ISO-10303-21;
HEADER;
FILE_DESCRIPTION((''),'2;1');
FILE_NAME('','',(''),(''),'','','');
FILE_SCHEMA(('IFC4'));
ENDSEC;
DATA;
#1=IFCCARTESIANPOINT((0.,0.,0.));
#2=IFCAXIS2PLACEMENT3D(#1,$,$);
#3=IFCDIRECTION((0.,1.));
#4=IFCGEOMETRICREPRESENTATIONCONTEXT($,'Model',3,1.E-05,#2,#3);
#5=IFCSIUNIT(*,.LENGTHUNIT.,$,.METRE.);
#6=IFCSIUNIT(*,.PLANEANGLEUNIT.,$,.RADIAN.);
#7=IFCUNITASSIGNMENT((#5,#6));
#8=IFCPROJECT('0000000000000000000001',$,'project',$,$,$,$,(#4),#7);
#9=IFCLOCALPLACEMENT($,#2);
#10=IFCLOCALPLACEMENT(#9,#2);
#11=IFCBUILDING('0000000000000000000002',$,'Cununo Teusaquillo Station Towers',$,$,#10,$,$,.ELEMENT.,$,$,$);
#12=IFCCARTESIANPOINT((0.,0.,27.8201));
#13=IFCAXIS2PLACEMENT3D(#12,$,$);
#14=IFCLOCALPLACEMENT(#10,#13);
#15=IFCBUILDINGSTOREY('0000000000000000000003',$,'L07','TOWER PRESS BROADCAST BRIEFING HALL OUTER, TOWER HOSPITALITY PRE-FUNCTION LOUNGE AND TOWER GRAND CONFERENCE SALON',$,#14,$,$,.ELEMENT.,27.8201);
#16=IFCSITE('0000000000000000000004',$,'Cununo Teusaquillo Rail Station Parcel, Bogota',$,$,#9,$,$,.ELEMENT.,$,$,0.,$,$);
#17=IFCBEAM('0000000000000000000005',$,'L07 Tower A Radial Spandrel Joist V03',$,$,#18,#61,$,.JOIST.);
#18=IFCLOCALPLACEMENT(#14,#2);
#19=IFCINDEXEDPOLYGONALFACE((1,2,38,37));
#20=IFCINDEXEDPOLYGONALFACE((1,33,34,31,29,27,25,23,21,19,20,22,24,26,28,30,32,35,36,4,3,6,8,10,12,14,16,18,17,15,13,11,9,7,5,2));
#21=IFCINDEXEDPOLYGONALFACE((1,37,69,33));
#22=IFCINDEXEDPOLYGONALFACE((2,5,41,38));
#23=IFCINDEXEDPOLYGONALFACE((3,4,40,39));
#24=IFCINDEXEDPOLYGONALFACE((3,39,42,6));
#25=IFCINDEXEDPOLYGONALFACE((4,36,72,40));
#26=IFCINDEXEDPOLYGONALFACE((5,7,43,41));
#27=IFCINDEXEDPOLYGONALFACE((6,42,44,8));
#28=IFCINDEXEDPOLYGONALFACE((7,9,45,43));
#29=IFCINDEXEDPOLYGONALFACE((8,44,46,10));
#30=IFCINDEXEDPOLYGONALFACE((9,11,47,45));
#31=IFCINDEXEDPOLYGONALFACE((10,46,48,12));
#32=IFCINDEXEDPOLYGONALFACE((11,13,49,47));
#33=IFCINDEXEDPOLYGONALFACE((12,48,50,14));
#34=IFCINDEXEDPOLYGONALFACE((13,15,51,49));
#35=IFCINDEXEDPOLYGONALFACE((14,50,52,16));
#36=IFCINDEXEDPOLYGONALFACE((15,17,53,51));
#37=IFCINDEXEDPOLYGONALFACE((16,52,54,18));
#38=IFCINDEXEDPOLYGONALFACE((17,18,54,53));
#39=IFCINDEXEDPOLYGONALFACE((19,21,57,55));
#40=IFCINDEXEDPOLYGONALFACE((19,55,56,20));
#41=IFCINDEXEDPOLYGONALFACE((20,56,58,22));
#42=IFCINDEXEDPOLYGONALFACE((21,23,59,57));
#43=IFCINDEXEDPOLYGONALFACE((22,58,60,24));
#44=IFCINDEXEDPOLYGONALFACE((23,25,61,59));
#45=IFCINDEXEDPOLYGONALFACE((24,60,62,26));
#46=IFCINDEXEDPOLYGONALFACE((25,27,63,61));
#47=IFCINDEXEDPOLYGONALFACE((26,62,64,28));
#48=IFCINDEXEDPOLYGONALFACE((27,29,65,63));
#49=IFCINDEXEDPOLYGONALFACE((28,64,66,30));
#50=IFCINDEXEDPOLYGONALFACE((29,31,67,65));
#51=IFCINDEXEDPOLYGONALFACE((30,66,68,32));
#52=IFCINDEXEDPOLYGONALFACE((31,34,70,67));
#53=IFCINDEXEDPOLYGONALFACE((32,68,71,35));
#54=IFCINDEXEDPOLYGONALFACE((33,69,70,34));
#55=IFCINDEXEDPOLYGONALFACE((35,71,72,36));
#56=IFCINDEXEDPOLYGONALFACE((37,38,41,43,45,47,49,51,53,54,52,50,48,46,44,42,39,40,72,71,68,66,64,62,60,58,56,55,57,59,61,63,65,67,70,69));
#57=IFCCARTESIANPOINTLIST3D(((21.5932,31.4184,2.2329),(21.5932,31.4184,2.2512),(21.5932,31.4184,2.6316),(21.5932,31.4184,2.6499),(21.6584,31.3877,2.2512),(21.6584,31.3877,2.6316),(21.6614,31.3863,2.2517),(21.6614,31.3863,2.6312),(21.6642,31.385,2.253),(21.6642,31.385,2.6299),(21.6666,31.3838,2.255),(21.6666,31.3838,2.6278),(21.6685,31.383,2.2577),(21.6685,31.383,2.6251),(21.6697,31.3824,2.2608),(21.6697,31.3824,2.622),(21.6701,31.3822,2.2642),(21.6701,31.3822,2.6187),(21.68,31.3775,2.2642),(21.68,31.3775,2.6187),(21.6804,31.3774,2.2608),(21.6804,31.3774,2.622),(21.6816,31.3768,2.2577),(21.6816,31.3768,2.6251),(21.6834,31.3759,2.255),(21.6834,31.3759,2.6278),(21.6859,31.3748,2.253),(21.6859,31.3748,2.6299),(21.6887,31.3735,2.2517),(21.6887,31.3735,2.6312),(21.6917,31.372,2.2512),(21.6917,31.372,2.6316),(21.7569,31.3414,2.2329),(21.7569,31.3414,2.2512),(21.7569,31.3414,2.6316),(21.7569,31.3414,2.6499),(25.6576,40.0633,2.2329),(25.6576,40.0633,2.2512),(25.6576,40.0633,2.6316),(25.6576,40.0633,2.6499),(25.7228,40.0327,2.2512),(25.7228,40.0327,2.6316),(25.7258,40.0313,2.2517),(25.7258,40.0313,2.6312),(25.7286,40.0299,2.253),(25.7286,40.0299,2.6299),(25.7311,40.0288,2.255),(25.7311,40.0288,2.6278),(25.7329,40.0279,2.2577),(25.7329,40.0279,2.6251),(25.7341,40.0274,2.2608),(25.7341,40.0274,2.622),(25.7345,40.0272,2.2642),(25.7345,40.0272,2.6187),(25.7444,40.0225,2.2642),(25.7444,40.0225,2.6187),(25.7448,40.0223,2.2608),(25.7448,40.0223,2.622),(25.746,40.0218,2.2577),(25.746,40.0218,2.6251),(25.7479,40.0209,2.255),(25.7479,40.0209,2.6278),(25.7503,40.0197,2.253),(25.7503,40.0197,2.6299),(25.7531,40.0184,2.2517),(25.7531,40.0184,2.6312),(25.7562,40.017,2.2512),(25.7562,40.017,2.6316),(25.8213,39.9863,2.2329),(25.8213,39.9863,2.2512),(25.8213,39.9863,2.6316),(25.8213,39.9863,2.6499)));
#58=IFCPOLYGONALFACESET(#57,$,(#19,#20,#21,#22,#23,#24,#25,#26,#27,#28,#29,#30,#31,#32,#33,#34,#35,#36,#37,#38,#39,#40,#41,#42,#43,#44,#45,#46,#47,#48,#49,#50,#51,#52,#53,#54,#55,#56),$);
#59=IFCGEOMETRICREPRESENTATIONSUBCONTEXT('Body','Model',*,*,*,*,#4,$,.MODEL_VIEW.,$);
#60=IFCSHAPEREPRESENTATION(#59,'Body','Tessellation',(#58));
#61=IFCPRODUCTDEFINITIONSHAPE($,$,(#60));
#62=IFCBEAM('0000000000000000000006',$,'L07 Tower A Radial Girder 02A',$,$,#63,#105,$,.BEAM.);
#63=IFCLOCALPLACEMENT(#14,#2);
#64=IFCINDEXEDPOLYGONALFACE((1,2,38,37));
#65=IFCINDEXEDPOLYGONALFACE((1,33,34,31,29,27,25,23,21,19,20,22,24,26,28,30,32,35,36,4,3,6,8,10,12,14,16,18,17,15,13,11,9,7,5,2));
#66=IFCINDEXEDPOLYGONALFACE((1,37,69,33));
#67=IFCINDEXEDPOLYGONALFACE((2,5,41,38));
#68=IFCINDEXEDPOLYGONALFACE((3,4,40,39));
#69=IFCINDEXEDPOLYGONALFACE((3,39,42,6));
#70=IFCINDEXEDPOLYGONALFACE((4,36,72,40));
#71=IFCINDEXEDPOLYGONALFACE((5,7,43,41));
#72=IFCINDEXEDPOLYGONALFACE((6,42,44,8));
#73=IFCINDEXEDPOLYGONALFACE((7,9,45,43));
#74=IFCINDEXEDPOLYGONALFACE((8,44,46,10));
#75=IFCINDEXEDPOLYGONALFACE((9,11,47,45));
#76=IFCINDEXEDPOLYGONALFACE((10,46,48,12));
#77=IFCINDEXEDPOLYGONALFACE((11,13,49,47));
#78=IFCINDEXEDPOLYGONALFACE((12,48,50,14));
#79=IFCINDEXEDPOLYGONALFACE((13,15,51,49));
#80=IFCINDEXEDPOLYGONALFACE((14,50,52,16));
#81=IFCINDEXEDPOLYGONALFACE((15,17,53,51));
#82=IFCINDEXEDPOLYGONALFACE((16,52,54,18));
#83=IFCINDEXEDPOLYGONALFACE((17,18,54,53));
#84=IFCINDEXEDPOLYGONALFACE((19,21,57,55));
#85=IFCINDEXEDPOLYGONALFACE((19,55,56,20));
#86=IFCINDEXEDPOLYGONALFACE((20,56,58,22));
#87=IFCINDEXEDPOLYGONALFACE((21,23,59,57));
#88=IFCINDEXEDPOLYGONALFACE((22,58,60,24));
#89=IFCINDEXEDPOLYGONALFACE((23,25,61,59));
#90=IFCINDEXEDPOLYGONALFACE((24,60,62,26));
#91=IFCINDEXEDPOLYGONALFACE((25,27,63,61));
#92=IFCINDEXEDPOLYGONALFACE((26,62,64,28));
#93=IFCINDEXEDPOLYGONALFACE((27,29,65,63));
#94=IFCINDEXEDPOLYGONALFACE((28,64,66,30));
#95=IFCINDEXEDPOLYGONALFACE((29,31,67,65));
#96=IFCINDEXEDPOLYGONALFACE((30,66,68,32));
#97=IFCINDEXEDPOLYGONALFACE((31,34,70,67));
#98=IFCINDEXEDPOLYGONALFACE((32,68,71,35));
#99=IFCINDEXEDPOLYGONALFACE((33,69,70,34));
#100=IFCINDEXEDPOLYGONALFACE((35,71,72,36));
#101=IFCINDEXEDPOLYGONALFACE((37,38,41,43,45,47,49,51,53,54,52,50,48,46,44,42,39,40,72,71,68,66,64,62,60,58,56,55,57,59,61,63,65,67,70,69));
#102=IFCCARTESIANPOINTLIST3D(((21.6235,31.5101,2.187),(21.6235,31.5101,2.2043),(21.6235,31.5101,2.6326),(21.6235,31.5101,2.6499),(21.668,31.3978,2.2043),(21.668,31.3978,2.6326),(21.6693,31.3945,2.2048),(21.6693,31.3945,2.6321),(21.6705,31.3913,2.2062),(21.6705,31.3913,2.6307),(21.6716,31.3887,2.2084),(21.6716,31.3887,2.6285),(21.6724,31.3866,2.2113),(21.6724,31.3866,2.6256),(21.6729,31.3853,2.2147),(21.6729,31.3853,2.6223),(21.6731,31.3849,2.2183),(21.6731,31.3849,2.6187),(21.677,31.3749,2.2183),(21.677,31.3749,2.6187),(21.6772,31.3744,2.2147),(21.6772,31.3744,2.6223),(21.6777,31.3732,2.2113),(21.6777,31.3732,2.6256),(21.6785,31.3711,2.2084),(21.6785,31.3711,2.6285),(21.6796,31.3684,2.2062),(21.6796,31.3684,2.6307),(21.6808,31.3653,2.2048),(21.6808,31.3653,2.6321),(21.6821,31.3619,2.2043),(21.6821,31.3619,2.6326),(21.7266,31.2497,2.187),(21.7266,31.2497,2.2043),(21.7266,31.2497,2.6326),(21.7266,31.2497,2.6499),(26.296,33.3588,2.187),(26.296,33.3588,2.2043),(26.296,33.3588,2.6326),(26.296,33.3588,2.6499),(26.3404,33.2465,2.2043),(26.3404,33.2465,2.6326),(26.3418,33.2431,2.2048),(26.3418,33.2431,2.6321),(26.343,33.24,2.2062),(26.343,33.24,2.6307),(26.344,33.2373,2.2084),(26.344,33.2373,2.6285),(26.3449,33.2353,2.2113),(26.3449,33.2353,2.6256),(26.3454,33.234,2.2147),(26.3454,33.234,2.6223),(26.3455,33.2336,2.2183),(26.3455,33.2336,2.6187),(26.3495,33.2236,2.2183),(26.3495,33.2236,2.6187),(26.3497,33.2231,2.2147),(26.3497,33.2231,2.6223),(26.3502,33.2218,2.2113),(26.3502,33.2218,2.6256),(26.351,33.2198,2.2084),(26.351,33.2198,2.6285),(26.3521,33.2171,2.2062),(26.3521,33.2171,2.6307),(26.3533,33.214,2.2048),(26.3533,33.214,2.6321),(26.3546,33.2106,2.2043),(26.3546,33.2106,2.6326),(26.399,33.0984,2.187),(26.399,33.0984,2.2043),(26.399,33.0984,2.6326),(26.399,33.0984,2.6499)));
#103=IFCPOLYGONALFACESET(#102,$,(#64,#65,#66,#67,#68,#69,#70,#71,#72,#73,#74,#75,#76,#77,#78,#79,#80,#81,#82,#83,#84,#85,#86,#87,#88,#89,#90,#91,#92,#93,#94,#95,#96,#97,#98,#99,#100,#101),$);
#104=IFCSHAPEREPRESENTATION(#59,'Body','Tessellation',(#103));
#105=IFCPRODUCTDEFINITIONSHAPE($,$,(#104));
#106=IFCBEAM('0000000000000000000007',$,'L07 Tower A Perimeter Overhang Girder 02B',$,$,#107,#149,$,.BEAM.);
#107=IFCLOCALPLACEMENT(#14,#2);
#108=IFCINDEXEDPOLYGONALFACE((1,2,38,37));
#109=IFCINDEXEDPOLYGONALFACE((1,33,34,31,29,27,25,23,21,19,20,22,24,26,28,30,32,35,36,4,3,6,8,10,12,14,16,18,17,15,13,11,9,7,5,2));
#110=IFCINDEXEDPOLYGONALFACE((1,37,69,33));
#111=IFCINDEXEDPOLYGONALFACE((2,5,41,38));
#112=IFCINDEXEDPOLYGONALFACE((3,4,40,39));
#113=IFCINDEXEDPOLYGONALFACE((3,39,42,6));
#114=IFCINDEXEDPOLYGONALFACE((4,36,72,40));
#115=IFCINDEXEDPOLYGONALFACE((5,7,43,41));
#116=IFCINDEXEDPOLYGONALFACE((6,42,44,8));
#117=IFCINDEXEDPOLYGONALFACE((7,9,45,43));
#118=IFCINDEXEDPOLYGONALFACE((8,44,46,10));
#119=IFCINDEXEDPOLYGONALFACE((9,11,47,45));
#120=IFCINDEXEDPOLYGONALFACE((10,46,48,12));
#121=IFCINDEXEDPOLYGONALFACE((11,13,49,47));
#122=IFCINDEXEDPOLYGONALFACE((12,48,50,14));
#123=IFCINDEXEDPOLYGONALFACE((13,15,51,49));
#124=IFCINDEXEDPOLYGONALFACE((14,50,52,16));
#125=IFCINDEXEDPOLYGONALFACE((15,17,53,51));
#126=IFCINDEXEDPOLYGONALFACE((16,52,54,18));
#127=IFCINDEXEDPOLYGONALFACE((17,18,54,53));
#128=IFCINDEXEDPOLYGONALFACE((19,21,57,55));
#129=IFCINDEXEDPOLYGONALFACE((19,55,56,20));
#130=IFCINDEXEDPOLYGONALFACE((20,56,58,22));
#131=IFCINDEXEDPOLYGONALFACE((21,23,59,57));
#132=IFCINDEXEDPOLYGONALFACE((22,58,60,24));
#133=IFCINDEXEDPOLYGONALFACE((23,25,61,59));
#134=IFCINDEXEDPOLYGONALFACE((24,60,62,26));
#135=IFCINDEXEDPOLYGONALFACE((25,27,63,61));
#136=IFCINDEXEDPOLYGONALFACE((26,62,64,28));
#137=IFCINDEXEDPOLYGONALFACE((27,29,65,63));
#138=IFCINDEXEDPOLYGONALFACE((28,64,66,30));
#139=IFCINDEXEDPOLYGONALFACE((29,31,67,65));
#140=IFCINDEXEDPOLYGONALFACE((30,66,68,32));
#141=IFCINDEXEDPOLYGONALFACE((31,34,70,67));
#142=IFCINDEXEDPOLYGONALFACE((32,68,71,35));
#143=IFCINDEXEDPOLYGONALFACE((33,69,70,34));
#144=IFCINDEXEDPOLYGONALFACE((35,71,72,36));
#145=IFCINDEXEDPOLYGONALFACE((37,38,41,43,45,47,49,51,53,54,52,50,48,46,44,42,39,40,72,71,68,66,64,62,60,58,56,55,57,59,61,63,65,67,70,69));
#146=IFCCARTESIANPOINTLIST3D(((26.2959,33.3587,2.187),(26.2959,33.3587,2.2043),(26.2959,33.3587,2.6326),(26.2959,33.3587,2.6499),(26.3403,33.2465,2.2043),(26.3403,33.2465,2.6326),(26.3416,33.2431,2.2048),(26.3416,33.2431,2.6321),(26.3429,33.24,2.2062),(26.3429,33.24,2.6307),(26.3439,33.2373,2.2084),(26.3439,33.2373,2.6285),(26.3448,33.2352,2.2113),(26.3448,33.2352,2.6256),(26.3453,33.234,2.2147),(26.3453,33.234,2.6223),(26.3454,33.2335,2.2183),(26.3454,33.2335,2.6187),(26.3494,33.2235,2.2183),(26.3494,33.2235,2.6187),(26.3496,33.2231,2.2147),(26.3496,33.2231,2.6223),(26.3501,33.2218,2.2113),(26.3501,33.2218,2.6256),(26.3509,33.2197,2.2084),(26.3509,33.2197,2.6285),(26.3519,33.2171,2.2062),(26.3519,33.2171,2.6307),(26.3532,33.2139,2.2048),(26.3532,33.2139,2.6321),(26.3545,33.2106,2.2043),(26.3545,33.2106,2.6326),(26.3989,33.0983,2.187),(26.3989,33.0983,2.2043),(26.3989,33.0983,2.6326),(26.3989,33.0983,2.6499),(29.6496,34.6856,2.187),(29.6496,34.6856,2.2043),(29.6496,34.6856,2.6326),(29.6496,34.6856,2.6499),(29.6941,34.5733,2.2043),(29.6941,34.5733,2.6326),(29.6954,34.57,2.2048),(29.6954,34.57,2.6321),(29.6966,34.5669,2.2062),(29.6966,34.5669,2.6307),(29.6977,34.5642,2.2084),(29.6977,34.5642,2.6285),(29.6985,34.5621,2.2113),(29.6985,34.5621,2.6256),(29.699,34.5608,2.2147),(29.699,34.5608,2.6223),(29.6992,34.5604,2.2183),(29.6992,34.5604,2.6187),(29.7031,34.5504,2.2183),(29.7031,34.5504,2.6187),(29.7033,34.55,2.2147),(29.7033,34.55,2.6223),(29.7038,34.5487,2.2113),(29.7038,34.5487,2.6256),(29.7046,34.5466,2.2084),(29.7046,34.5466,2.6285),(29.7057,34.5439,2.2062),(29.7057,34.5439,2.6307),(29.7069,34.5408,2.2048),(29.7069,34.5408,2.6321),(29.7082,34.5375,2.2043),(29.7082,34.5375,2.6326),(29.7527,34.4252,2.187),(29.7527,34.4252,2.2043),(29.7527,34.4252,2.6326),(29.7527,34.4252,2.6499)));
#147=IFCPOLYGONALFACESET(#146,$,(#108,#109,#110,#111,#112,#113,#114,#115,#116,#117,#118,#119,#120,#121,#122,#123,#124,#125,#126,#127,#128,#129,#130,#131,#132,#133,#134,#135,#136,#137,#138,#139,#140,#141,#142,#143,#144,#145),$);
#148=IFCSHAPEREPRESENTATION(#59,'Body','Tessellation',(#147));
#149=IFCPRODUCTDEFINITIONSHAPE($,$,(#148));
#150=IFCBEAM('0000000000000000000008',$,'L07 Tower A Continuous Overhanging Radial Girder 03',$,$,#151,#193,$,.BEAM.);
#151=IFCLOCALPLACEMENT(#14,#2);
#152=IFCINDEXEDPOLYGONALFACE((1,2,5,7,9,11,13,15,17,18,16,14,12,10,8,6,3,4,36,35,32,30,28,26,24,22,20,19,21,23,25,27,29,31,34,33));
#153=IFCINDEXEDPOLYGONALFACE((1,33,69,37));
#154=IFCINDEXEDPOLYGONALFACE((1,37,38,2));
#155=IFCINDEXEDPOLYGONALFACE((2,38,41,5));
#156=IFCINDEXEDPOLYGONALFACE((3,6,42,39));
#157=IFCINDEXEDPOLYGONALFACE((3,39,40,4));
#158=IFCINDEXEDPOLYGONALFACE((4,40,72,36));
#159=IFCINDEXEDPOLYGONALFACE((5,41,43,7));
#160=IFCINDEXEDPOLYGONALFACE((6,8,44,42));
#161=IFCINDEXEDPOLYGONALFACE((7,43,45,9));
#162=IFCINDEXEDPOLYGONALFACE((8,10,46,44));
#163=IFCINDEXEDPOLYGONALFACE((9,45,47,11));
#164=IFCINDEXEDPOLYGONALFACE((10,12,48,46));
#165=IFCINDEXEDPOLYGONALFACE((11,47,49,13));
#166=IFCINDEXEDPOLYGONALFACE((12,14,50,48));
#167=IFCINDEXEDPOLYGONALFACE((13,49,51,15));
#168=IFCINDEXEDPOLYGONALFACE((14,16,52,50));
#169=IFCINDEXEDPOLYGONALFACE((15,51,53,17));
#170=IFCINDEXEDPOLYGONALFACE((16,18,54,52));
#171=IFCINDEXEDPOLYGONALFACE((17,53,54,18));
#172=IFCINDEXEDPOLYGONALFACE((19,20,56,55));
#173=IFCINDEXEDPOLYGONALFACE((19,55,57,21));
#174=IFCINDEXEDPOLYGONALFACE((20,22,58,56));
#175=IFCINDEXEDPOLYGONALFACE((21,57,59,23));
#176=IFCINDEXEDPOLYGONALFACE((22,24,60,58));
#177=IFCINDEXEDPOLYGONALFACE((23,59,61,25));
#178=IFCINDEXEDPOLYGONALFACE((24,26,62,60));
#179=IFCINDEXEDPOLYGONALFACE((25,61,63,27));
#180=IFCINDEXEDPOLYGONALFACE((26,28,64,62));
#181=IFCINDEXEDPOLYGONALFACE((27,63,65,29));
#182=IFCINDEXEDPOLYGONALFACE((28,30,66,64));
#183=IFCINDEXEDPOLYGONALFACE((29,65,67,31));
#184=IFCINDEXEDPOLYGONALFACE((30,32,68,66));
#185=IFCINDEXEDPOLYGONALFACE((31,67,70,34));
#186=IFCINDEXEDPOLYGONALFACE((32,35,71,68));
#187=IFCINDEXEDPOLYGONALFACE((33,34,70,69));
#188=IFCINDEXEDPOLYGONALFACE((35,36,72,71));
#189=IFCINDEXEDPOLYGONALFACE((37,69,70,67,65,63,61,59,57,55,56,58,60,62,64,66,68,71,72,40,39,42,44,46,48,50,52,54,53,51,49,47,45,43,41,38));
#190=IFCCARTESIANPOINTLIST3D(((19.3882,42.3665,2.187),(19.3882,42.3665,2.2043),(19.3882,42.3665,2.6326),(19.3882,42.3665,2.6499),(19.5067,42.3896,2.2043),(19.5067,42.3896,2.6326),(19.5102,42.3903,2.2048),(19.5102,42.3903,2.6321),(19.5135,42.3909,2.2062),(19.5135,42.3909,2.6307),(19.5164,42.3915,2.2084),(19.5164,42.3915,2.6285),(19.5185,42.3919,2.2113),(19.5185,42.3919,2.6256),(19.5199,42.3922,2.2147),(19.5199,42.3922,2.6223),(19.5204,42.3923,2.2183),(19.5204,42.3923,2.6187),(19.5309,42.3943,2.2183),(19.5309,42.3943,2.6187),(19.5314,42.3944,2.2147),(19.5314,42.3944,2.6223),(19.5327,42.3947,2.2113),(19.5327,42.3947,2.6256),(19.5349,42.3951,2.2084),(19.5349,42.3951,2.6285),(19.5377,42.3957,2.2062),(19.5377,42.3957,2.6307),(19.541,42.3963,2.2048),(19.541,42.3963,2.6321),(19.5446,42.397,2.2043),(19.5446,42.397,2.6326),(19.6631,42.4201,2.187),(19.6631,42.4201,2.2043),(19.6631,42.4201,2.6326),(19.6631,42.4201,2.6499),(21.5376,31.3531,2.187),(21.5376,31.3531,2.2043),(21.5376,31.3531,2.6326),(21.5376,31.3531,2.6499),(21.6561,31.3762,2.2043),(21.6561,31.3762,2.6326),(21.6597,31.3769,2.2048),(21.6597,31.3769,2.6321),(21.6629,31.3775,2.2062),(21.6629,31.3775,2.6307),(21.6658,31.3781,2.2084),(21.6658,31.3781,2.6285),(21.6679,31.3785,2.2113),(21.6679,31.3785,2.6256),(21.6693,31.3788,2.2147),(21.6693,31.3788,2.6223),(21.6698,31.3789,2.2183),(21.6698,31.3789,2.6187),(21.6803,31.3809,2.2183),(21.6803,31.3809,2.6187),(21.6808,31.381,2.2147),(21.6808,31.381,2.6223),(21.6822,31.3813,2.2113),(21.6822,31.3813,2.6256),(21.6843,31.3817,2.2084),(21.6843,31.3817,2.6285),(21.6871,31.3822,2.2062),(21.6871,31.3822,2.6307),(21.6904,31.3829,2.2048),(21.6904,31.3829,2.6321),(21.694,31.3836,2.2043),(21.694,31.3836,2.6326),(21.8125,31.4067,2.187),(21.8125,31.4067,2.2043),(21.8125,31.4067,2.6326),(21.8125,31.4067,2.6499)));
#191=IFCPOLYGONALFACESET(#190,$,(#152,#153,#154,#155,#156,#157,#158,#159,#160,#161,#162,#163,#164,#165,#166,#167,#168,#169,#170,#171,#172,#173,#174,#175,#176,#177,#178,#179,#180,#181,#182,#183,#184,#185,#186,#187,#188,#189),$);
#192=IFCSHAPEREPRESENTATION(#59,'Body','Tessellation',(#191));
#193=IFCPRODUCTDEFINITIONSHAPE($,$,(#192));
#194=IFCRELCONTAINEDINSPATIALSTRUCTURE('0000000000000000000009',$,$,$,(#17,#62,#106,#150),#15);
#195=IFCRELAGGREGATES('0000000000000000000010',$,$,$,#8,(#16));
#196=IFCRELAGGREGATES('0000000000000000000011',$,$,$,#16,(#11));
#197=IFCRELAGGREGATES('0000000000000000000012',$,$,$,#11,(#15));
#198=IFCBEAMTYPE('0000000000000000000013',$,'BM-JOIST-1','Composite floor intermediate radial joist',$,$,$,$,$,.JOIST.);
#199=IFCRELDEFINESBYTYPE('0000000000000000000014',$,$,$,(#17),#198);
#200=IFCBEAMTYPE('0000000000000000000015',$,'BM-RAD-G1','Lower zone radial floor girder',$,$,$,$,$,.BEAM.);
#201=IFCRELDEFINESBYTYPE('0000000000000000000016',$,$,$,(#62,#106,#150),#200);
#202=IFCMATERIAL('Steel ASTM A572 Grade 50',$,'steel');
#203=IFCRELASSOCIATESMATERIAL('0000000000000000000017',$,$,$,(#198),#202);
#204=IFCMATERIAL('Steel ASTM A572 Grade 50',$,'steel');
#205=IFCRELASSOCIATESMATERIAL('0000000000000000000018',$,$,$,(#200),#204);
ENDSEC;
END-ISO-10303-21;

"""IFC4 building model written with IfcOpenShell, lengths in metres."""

from ifc_helpers import new_model, si_unit, direction, frame, origin, origin_2d, place, context, subcontext, project, spatial, i_section, extrude, material, material_profile, profile_set, type_object, element, save


model = new_model("IFC4")

# Units and contexts
model_context = context("Model", 3, precision=1e-05, world=origin(), true_north=direction((0.0, 1.0)))
body_context = subcontext(model_context, "Body", "Model", "MODEL_VIEW")
ifc_project = project(units=[si_unit("LENGTHUNIT", "METRE"), si_unit("PLANEANGLEUNIT", "RADIAN")], contexts=[model_context])

# Site, building, storey
site_placement = place(None, origin())
site = spatial("IfcSite", under=ifc_project, at=site_placement, Name="Cununo Teusaquillo Rail Station Parcel, Bogota", CompositionType="ELEMENT", RefElevation=0.0)
building_placement = place(site_placement, origin())
building = spatial("IfcBuilding", under=site, at=building_placement, Name="Cununo Teusaquillo Station Towers", CompositionType="ELEMENT")
storey_placement = place(building_placement, frame((0.0, 0.0, 27.8201)))
storey = spatial("IfcBuildingStorey", under=building, at=storey_placement, Name="L07", Description="TOWER PRESS BROADCAST BRIEFING HALL OUTER, TOWER HOSPITALITY PRE-FUNCTION LOUNGE AND TOWER GRAND CONFERENCE SALON", CompositionType="ELEMENT", Elevation=27.8201)

# Beams
ifc_material_1 = material(Name="Steel ASTM A572 Grade 50", Category="steel")
ifc_material_profile_1 = material_profile(ifc_material_1, i_section(OverallWidth=0.1809, OverallDepth=0.417, WebThickness=0.011, FlangeThickness=0.0183, FilletRadius=0.0129, at=origin_2d()), Name="W16X57")
ifc_profile_set_1 = profile_set([ifc_material_profile_1], Name="Steel ASTM A572 Grade 50")
beam_type_1 = type_object("IfcBeamType", Name="BM-JOIST-1", Description="Composite floor intermediate radial joist", PredefinedType="JOIST", material=ifc_profile_set_1)
beam_1_placement = place(storey_placement, frame((21.675, 31.3799, 2.4414), z_axis=(0.425472, 0.904972, 0.0), x_axis=(-0.904972, 0.425472, 0.0)))
element("IfcBeam", 1, at=beam_1_placement, inside=storey, type_object=beam_type_1, Name="L07 Tower A Radial Spandrel Joist V03", PredefinedType="JOIST", context=body_context, shape_type="SweptSolid", body=[
    extrude(i_section(OverallWidth=0.1809, OverallDepth=0.417, WebThickness=0.011, FlangeThickness=0.0183, FilletRadius=0.0129, at=origin_2d()), origin(), (0.0, 0.0, 1.0), 9.5527),
])
ifc_material_2 = material(Name="Steel ASTM A572 Grade 50", Category="steel")
ifc_material_profile_2 = material_profile(ifc_material_2, i_section(OverallWidth=0.28, OverallDepth=0.4629, WebThickness=0.0107, FlangeThickness=0.0173, FilletRadius=0.0139, at=origin_2d()), Name="W18X76")
ifc_profile_set_2 = profile_set([ifc_material_profile_2], Name="Steel ASTM A572 Grade 50")
beam_type_2 = type_object("IfcBeamType", Name="BM-RAD-G1", Description="Lower zone radial floor girder", PredefinedType="BEAM", material=ifc_profile_set_2)
beam_2_placement = place(storey_placement, frame((21.675, 31.3799, 2.4185), z_axis=(0.929864, 0.367903, 0.0), x_axis=(-0.367903, 0.929864, 0.0)))
element("IfcBeam", 2, at=beam_2_placement, inside=storey, type_object=beam_type_2, Name="L07 Tower A Radial Girder 02A", PredefinedType="BEAM", context=body_context, shape_type="SweptSolid", body=[
    extrude(i_section(OverallWidth=0.28, OverallDepth=0.4629, WebThickness=0.0107, FlangeThickness=0.0173, FilletRadius=0.0139, at=origin_2d()), origin(), (0.0, 0.0, 1.0), 5.0249),
])
beam_3_placement = place(storey_placement, frame((26.3474, 33.2285, 2.4185), z_axis=(0.929866, 0.367898, 0.0), x_axis=(-0.367898, 0.929866, 0.0)))
element("IfcBeam", 3, at=beam_3_placement, inside=storey, type_object=beam_type_2, Name="L07 Tower A Perimeter Overhang Girder 02B", PredefinedType="BEAM", context=body_context, shape_type="SweptSolid", body=[
    extrude(i_section(OverallWidth=0.28, OverallDepth=0.4629, WebThickness=0.0107, FlangeThickness=0.0173, FilletRadius=0.0139, at=origin_2d()), origin(), (0.0, 0.0, 1.0), 3.6067),
])
beam_4_placement = place(storey_placement, frame((21.675, 31.3799, 2.4185), z_axis=(-0.191549, 0.981483, 0.0), x_axis=(-0.981483, -0.191549, 0.0)))
element("IfcBeam", 4, at=beam_4_placement, inside=storey, type_object=beam_type_2, Name="L07 Tower A Continuous Overhanging Radial Girder 03", PredefinedType="BEAM", context=body_context, shape_type="SweptSolid", body=[
    extrude(i_section(OverallWidth=0.28, OverallDepth=0.4629, WebThickness=0.0107, FlangeThickness=0.0173, FilletRadius=0.0139, at=origin_2d()), origin(), (0.0, 0.0, 1.0), 11.2212),
])

save(model, "model.ifc")
